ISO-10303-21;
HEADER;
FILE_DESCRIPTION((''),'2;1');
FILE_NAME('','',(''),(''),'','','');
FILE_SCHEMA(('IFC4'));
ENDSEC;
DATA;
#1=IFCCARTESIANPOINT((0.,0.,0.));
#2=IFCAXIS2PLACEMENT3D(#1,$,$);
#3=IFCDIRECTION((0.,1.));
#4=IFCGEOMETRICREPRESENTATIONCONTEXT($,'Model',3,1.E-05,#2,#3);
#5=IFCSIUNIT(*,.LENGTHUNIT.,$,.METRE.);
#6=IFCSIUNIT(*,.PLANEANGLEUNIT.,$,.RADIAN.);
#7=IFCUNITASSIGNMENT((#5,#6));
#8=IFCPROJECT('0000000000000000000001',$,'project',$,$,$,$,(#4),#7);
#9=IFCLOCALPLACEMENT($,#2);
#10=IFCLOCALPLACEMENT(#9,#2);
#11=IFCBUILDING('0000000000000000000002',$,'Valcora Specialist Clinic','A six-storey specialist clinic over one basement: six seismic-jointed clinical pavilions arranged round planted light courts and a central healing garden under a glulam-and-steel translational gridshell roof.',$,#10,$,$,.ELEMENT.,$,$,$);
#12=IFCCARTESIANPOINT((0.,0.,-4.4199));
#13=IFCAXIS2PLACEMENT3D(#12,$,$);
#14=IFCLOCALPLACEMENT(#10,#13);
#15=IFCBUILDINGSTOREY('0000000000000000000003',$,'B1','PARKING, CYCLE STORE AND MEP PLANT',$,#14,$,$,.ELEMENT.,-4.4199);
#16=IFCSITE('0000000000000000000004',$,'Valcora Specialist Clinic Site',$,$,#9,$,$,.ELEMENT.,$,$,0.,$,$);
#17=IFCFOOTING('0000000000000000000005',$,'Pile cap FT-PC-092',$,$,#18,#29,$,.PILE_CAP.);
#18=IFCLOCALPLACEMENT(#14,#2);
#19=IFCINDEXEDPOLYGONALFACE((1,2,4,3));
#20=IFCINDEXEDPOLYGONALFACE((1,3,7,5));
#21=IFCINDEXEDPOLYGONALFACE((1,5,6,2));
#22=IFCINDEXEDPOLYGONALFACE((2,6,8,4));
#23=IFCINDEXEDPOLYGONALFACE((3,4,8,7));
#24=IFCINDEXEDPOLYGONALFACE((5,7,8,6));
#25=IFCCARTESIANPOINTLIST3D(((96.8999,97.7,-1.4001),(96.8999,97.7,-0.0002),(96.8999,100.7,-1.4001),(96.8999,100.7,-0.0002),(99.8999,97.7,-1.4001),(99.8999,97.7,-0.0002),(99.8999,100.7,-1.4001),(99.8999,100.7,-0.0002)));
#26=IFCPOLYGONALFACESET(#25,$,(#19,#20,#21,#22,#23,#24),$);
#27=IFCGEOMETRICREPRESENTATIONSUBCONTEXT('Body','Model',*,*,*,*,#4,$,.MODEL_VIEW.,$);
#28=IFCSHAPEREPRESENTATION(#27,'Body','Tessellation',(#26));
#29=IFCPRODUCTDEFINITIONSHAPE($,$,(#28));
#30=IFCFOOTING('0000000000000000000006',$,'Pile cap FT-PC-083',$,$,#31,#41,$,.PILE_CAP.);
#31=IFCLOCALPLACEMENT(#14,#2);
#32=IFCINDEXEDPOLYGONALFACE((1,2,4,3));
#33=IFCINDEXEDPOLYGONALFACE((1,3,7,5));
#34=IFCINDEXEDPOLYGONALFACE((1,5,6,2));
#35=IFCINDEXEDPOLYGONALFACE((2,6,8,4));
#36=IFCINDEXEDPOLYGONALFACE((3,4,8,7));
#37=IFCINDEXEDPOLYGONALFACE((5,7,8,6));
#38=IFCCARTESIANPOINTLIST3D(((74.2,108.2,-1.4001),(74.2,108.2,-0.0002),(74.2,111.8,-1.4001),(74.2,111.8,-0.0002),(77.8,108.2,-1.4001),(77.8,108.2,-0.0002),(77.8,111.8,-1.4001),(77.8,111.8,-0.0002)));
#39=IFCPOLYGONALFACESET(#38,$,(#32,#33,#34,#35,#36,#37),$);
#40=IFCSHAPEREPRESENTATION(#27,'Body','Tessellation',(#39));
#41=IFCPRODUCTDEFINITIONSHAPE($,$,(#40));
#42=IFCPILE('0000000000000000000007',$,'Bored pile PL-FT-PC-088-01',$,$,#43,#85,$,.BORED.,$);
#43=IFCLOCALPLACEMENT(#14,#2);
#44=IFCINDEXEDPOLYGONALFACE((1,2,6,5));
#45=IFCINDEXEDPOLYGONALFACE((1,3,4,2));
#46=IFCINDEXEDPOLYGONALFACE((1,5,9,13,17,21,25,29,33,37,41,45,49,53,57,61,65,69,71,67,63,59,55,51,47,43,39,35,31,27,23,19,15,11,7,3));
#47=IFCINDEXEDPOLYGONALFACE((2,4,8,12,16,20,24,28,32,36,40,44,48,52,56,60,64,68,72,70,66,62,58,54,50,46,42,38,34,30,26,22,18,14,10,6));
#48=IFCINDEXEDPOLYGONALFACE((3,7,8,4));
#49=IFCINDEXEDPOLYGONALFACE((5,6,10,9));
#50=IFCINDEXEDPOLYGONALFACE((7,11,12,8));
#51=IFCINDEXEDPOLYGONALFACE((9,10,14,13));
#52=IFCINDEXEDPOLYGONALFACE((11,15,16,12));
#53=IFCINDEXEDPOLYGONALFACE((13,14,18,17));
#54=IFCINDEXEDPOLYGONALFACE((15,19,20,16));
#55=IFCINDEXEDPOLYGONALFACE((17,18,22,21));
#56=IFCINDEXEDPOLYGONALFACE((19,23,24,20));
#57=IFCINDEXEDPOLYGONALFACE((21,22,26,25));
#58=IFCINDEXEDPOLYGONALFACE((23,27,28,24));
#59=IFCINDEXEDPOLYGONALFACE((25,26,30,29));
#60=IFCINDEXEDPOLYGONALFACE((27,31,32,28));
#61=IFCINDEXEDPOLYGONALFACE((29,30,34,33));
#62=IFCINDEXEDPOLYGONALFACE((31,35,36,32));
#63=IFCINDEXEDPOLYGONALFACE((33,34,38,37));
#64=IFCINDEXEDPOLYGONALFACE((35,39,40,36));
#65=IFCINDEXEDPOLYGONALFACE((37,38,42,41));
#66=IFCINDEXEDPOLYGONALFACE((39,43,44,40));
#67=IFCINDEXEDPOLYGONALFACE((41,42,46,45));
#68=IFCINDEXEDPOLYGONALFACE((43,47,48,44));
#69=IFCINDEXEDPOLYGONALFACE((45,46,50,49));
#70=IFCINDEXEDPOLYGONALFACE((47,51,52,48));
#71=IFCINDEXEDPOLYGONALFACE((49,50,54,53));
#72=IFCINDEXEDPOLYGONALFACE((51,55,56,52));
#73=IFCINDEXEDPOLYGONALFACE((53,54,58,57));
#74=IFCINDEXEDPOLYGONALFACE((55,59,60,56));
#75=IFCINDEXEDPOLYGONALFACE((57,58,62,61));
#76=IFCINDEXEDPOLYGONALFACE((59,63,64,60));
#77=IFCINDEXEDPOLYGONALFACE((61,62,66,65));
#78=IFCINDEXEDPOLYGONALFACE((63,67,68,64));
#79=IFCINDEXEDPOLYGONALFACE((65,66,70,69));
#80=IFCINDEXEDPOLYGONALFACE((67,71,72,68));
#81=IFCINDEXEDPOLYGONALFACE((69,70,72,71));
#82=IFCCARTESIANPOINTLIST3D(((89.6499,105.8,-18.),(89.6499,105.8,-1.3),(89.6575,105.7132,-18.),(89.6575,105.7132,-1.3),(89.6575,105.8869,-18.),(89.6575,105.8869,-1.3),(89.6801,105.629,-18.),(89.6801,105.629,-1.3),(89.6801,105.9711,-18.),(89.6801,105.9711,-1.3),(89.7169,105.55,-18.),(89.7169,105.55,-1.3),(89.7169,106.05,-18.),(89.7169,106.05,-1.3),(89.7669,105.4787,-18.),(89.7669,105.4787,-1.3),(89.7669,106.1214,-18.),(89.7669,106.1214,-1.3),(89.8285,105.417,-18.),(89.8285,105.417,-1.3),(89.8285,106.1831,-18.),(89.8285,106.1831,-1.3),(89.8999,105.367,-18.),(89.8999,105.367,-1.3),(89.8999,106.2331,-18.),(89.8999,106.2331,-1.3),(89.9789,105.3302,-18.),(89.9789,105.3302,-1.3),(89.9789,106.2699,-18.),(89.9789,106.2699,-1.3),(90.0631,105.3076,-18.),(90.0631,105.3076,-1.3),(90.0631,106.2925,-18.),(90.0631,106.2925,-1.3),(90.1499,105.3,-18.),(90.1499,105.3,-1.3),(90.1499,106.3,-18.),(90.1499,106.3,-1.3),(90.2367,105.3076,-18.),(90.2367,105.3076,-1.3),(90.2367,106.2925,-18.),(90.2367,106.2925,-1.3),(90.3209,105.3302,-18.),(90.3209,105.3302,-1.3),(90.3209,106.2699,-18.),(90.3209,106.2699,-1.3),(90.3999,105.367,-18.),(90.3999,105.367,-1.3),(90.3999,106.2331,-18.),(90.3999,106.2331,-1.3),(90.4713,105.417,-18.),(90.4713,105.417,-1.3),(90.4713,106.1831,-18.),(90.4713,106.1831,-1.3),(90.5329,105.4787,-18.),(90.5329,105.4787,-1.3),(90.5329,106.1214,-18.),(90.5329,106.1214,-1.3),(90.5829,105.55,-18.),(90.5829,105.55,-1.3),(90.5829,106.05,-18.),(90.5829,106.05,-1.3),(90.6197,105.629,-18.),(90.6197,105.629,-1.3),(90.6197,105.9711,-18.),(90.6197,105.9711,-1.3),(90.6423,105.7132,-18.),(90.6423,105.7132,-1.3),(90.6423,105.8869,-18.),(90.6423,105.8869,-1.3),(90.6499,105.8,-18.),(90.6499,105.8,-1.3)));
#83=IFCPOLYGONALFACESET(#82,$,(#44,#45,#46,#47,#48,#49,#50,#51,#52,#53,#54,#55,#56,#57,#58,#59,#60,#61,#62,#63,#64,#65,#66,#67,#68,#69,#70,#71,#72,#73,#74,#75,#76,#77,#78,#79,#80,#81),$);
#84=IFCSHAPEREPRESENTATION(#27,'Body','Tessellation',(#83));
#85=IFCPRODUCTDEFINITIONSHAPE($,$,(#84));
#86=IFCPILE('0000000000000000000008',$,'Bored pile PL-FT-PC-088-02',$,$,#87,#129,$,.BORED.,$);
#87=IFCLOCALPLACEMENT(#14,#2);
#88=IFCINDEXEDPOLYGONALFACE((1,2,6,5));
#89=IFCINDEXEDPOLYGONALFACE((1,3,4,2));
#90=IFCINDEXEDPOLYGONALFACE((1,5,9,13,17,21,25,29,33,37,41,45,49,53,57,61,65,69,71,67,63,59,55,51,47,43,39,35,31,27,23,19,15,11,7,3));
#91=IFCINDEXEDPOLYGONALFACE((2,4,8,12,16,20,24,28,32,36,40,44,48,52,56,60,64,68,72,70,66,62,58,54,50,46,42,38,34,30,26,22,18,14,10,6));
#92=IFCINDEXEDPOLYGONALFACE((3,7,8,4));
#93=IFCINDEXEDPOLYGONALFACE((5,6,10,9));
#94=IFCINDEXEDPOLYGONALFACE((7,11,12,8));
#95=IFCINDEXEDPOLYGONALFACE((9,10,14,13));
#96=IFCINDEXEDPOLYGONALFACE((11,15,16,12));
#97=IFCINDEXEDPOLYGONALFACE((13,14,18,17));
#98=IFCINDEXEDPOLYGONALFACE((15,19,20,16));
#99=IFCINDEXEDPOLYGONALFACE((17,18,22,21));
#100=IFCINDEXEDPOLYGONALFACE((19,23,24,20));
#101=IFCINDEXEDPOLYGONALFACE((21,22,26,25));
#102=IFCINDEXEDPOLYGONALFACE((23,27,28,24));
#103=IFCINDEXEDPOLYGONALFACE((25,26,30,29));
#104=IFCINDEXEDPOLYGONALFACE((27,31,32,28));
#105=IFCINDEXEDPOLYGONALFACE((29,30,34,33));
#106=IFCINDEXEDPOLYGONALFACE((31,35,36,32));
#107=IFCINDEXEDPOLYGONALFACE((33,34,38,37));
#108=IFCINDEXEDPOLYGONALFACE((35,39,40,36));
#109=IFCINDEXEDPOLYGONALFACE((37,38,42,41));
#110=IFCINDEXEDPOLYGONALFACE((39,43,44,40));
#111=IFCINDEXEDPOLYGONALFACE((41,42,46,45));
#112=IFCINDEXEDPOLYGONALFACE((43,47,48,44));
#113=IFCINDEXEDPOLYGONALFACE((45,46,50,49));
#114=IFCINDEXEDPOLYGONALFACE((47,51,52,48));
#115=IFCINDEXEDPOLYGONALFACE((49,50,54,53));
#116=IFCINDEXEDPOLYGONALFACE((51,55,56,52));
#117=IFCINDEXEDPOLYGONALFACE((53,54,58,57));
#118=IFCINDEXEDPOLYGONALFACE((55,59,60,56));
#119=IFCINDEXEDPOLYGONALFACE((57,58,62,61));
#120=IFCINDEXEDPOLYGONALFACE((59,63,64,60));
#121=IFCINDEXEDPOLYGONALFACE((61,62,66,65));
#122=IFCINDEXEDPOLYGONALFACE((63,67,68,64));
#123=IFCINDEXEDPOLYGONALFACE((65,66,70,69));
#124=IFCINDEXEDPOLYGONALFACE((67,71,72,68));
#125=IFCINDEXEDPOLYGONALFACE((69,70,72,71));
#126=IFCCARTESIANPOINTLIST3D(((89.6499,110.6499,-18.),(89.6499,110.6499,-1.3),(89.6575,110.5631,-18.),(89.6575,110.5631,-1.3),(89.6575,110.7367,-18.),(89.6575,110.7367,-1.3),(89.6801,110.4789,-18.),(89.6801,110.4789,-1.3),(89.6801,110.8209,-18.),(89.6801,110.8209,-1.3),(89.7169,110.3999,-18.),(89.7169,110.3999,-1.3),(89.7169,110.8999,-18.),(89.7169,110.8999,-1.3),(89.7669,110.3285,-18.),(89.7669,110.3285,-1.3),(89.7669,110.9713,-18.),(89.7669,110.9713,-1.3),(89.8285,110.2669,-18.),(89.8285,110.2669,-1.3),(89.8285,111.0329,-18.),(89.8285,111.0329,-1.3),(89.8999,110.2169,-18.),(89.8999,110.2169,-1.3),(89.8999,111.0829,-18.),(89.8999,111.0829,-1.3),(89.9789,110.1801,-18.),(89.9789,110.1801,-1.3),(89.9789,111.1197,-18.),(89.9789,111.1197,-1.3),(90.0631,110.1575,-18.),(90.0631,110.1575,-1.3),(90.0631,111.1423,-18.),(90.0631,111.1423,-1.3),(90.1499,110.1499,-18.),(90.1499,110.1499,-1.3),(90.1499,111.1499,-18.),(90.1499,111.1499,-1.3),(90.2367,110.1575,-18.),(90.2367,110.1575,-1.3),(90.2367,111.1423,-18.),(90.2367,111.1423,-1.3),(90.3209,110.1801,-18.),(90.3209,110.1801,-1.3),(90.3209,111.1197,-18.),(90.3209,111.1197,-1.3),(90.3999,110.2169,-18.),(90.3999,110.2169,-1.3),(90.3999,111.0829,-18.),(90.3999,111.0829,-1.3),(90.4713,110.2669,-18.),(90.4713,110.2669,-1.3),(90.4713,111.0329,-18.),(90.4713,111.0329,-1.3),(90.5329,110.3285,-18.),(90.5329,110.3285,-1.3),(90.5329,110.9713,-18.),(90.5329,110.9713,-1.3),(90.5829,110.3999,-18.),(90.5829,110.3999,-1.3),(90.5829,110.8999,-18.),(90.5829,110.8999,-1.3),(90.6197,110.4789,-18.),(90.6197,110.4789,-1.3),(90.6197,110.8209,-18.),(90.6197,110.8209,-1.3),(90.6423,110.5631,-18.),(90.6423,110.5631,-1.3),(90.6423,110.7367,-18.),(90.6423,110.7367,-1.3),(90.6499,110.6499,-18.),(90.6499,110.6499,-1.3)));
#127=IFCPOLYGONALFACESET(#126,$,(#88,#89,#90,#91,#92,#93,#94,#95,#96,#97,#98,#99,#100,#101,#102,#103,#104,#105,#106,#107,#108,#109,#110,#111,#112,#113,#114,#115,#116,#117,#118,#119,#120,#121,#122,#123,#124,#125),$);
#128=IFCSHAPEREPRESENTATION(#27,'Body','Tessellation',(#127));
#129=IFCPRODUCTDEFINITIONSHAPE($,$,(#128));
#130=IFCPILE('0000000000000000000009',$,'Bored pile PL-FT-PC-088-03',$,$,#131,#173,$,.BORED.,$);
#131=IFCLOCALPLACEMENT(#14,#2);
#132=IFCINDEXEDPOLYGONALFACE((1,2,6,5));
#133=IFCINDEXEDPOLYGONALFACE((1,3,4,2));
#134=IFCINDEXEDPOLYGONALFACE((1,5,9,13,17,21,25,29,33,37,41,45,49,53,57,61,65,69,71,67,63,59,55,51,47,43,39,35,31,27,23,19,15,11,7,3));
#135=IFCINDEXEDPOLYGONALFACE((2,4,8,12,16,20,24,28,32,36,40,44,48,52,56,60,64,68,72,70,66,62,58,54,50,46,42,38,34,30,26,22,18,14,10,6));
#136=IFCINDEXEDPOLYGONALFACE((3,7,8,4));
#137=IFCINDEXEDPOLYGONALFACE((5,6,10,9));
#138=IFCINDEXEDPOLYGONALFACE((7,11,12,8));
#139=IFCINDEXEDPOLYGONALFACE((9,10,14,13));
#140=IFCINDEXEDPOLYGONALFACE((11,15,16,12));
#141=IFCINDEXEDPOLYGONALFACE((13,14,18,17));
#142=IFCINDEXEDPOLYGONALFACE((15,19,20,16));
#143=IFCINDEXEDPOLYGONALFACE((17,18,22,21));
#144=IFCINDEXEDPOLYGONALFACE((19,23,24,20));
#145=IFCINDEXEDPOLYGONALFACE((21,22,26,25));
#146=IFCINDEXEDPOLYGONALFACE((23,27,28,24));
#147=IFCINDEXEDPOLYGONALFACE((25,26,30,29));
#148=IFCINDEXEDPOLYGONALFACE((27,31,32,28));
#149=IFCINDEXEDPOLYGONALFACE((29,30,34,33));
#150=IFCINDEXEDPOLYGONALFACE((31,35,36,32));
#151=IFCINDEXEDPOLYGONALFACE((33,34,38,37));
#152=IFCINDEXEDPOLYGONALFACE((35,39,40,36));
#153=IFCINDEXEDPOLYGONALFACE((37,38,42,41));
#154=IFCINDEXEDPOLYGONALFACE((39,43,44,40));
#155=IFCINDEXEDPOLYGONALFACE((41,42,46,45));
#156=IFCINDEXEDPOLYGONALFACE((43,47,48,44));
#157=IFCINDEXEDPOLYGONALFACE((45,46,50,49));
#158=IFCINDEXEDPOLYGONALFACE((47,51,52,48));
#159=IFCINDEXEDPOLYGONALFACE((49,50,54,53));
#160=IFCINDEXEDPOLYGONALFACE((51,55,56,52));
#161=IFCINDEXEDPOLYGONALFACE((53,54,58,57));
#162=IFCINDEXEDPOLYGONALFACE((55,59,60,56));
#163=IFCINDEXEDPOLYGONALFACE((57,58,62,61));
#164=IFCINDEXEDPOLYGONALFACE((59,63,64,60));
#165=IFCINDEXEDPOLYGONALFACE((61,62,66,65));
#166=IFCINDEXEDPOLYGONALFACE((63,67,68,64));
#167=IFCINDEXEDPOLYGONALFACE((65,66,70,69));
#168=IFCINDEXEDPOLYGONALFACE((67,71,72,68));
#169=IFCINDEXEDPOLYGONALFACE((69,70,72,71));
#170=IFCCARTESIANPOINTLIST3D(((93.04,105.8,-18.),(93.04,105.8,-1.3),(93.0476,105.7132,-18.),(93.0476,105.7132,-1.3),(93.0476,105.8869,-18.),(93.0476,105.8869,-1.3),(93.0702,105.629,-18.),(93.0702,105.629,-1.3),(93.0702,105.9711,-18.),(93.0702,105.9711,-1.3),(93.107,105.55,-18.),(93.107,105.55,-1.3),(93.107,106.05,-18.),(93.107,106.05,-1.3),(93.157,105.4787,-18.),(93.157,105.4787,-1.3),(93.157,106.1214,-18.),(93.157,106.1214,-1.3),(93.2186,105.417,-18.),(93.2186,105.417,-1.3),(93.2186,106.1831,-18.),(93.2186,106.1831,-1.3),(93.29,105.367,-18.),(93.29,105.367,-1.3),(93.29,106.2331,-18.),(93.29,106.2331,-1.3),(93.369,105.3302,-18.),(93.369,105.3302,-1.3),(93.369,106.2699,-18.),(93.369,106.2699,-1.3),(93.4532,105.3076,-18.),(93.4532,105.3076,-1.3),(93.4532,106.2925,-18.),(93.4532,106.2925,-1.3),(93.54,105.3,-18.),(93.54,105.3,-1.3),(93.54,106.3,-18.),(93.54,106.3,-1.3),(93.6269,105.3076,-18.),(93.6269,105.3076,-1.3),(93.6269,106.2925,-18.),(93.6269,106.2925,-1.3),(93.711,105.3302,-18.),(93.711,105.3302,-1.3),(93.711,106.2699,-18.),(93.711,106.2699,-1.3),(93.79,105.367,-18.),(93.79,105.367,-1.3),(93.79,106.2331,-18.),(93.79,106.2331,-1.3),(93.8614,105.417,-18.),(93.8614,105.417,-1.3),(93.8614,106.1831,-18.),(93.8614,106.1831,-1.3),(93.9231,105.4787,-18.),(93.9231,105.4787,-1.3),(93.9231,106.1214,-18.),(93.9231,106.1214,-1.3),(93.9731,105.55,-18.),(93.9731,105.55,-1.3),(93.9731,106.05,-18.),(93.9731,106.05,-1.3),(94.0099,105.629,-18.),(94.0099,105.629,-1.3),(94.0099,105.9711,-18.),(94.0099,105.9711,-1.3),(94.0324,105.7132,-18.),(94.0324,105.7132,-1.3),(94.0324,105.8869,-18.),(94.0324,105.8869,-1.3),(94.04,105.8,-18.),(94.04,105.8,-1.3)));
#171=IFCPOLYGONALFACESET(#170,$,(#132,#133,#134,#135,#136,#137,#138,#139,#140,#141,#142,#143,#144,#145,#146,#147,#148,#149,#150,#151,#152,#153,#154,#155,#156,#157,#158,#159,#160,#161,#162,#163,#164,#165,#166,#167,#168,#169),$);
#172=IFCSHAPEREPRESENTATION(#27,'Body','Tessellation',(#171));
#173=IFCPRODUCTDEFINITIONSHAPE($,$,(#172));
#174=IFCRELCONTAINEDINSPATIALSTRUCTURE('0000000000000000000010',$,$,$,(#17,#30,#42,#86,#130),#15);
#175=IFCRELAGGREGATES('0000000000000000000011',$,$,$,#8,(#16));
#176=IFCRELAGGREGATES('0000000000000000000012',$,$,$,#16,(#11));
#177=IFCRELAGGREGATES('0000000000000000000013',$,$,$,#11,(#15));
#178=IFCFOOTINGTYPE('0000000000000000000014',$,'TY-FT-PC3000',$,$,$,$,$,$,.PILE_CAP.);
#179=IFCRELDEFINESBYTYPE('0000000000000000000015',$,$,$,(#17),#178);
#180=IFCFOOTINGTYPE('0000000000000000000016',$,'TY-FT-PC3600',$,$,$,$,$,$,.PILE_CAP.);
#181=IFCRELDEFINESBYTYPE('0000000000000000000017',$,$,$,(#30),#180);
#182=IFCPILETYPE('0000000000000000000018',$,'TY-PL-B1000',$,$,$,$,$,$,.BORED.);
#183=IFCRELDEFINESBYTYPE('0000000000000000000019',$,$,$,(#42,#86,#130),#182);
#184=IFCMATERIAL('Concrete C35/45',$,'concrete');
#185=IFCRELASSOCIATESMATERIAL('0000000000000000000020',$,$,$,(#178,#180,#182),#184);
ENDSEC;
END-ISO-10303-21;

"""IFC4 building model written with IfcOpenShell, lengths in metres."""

from ifc_helpers import new_model, si_unit, direction, frame, origin, origin_2d, place, context, subcontext, project, spatial, rectangle, circle, extrude, material, material_profile, profile_set, type_object, element, save


model = new_model("IFC4")

# Units and contexts
model_context = context("Model", 3, precision=1e-05, world=origin(), true_north=direction((0.0, 1.0)))
body_context = subcontext(model_context, "Body", "Model", "MODEL_VIEW")
ifc_project = project(units=[si_unit("LENGTHUNIT", "METRE"), si_unit("PLANEANGLEUNIT", "RADIAN")], contexts=[model_context])

# Site, building, storey
site_placement = place(None, origin())
site = spatial("IfcSite", under=ifc_project, at=site_placement, Name="Valcora Specialist Clinic Site", CompositionType="ELEMENT", RefElevation=0.0)
building_placement = place(site_placement, origin())
building = spatial("IfcBuilding", under=site, at=building_placement, Name="Valcora Specialist Clinic", Description="A six-storey specialist clinic over one basement: six seismic-jointed clinical pavilions arranged round planted light courts and a central healing garden under a glulam-and-steel translational gridshell roof.", CompositionType="ELEMENT")
storey_placement = place(building_placement, frame((0.0, 0.0, -4.4199)))
storey = spatial("IfcBuildingStorey", under=building, at=storey_placement, Name="B1", Description="PARKING, CYCLE STORE AND MEP PLANT", CompositionType="ELEMENT", Elevation=-4.4199)

# Footings
ifc_material_1 = material(Name="Concrete C35/45", Category="concrete")
footing_type_1 = type_object("IfcFootingType", Name="TY-FT-PC3000", PredefinedType="PILE_CAP", material=ifc_material_1)
footing_1_placement = place(storey_placement, frame((98.3999, 99.2, -1.4001), z_axis=(0.0, 0.0, 1.0), x_axis=(1.0, 0.0, 0.0)))
element("IfcFooting", 1, at=footing_1_placement, inside=storey, type_object=footing_type_1, Name="Pile cap FT-PC-092", PredefinedType="PILE_CAP", context=body_context, shape_type="SweptSolid", body=[
    extrude(rectangle(XDim=3.0, YDim=3.0, at=origin_2d()), origin(), (0.0, 0.0, 1.0), 1.3999),
])
footing_type_2 = type_object("IfcFootingType", Name="TY-FT-PC3600", PredefinedType="PILE_CAP", material=ifc_material_1)
footing_2_placement = place(storey_placement, frame((76.0, 110.0, -1.4001), z_axis=(0.0, 0.0, 1.0), x_axis=(1.0, 0.0, 0.0)))
element("IfcFooting", 2, at=footing_2_placement, inside=storey, type_object=footing_type_2, Name="Pile cap FT-PC-083", PredefinedType="PILE_CAP", context=body_context, shape_type="SweptSolid", body=[
    extrude(rectangle(XDim=3.6001, YDim=3.6001, at=origin_2d()), origin(), (0.0, 0.0, 1.0), 1.3999),
])

# Piles
ifc_material_profile_1 = material_profile(ifc_material_1, circle(Radius=0.5, at=origin_2d()), Name="RC-PIL-D1000")
ifc_profile_set_1 = profile_set([ifc_material_profile_1], Name="Concrete C35/45")
pile_type_1 = type_object("IfcPileType", Name="TY-PL-B1000", PredefinedType="BORED", material=ifc_profile_set_1)
for number, where, z_axis, x_axis, name in (
    (3, (90.1499, 105.8, -1.3), (0.0, 0.0, -1.0), (1.0, 0.0, 0.0), "Bored pile PL-FT-PC-088-01"),
    (4, (90.1499, 110.6499, -1.3), (0.0, 0.0, -1.0), (1.0, 0.0, 0.0), "Bored pile PL-FT-PC-088-02"),
    (5, (93.54, 105.8, -1.3), (0.0, 0.0, -1.0), (1.0, 0.0, 0.0), "Bored pile PL-FT-PC-088-03"),
):
    element("IfcPile", number, at=place(storey_placement, frame(where, z_axis=z_axis, x_axis=x_axis)), inside=storey, type_object=pile_type_1, Name=name, PredefinedType="BORED", context=body_context, shape_type="SweptSolid", body=[
        extrude(circle(Radius=0.5, at=origin_2d()), origin(), (0.0, 0.0, 1.0), 16.7),
    ])

save(model, "model.ifc")
